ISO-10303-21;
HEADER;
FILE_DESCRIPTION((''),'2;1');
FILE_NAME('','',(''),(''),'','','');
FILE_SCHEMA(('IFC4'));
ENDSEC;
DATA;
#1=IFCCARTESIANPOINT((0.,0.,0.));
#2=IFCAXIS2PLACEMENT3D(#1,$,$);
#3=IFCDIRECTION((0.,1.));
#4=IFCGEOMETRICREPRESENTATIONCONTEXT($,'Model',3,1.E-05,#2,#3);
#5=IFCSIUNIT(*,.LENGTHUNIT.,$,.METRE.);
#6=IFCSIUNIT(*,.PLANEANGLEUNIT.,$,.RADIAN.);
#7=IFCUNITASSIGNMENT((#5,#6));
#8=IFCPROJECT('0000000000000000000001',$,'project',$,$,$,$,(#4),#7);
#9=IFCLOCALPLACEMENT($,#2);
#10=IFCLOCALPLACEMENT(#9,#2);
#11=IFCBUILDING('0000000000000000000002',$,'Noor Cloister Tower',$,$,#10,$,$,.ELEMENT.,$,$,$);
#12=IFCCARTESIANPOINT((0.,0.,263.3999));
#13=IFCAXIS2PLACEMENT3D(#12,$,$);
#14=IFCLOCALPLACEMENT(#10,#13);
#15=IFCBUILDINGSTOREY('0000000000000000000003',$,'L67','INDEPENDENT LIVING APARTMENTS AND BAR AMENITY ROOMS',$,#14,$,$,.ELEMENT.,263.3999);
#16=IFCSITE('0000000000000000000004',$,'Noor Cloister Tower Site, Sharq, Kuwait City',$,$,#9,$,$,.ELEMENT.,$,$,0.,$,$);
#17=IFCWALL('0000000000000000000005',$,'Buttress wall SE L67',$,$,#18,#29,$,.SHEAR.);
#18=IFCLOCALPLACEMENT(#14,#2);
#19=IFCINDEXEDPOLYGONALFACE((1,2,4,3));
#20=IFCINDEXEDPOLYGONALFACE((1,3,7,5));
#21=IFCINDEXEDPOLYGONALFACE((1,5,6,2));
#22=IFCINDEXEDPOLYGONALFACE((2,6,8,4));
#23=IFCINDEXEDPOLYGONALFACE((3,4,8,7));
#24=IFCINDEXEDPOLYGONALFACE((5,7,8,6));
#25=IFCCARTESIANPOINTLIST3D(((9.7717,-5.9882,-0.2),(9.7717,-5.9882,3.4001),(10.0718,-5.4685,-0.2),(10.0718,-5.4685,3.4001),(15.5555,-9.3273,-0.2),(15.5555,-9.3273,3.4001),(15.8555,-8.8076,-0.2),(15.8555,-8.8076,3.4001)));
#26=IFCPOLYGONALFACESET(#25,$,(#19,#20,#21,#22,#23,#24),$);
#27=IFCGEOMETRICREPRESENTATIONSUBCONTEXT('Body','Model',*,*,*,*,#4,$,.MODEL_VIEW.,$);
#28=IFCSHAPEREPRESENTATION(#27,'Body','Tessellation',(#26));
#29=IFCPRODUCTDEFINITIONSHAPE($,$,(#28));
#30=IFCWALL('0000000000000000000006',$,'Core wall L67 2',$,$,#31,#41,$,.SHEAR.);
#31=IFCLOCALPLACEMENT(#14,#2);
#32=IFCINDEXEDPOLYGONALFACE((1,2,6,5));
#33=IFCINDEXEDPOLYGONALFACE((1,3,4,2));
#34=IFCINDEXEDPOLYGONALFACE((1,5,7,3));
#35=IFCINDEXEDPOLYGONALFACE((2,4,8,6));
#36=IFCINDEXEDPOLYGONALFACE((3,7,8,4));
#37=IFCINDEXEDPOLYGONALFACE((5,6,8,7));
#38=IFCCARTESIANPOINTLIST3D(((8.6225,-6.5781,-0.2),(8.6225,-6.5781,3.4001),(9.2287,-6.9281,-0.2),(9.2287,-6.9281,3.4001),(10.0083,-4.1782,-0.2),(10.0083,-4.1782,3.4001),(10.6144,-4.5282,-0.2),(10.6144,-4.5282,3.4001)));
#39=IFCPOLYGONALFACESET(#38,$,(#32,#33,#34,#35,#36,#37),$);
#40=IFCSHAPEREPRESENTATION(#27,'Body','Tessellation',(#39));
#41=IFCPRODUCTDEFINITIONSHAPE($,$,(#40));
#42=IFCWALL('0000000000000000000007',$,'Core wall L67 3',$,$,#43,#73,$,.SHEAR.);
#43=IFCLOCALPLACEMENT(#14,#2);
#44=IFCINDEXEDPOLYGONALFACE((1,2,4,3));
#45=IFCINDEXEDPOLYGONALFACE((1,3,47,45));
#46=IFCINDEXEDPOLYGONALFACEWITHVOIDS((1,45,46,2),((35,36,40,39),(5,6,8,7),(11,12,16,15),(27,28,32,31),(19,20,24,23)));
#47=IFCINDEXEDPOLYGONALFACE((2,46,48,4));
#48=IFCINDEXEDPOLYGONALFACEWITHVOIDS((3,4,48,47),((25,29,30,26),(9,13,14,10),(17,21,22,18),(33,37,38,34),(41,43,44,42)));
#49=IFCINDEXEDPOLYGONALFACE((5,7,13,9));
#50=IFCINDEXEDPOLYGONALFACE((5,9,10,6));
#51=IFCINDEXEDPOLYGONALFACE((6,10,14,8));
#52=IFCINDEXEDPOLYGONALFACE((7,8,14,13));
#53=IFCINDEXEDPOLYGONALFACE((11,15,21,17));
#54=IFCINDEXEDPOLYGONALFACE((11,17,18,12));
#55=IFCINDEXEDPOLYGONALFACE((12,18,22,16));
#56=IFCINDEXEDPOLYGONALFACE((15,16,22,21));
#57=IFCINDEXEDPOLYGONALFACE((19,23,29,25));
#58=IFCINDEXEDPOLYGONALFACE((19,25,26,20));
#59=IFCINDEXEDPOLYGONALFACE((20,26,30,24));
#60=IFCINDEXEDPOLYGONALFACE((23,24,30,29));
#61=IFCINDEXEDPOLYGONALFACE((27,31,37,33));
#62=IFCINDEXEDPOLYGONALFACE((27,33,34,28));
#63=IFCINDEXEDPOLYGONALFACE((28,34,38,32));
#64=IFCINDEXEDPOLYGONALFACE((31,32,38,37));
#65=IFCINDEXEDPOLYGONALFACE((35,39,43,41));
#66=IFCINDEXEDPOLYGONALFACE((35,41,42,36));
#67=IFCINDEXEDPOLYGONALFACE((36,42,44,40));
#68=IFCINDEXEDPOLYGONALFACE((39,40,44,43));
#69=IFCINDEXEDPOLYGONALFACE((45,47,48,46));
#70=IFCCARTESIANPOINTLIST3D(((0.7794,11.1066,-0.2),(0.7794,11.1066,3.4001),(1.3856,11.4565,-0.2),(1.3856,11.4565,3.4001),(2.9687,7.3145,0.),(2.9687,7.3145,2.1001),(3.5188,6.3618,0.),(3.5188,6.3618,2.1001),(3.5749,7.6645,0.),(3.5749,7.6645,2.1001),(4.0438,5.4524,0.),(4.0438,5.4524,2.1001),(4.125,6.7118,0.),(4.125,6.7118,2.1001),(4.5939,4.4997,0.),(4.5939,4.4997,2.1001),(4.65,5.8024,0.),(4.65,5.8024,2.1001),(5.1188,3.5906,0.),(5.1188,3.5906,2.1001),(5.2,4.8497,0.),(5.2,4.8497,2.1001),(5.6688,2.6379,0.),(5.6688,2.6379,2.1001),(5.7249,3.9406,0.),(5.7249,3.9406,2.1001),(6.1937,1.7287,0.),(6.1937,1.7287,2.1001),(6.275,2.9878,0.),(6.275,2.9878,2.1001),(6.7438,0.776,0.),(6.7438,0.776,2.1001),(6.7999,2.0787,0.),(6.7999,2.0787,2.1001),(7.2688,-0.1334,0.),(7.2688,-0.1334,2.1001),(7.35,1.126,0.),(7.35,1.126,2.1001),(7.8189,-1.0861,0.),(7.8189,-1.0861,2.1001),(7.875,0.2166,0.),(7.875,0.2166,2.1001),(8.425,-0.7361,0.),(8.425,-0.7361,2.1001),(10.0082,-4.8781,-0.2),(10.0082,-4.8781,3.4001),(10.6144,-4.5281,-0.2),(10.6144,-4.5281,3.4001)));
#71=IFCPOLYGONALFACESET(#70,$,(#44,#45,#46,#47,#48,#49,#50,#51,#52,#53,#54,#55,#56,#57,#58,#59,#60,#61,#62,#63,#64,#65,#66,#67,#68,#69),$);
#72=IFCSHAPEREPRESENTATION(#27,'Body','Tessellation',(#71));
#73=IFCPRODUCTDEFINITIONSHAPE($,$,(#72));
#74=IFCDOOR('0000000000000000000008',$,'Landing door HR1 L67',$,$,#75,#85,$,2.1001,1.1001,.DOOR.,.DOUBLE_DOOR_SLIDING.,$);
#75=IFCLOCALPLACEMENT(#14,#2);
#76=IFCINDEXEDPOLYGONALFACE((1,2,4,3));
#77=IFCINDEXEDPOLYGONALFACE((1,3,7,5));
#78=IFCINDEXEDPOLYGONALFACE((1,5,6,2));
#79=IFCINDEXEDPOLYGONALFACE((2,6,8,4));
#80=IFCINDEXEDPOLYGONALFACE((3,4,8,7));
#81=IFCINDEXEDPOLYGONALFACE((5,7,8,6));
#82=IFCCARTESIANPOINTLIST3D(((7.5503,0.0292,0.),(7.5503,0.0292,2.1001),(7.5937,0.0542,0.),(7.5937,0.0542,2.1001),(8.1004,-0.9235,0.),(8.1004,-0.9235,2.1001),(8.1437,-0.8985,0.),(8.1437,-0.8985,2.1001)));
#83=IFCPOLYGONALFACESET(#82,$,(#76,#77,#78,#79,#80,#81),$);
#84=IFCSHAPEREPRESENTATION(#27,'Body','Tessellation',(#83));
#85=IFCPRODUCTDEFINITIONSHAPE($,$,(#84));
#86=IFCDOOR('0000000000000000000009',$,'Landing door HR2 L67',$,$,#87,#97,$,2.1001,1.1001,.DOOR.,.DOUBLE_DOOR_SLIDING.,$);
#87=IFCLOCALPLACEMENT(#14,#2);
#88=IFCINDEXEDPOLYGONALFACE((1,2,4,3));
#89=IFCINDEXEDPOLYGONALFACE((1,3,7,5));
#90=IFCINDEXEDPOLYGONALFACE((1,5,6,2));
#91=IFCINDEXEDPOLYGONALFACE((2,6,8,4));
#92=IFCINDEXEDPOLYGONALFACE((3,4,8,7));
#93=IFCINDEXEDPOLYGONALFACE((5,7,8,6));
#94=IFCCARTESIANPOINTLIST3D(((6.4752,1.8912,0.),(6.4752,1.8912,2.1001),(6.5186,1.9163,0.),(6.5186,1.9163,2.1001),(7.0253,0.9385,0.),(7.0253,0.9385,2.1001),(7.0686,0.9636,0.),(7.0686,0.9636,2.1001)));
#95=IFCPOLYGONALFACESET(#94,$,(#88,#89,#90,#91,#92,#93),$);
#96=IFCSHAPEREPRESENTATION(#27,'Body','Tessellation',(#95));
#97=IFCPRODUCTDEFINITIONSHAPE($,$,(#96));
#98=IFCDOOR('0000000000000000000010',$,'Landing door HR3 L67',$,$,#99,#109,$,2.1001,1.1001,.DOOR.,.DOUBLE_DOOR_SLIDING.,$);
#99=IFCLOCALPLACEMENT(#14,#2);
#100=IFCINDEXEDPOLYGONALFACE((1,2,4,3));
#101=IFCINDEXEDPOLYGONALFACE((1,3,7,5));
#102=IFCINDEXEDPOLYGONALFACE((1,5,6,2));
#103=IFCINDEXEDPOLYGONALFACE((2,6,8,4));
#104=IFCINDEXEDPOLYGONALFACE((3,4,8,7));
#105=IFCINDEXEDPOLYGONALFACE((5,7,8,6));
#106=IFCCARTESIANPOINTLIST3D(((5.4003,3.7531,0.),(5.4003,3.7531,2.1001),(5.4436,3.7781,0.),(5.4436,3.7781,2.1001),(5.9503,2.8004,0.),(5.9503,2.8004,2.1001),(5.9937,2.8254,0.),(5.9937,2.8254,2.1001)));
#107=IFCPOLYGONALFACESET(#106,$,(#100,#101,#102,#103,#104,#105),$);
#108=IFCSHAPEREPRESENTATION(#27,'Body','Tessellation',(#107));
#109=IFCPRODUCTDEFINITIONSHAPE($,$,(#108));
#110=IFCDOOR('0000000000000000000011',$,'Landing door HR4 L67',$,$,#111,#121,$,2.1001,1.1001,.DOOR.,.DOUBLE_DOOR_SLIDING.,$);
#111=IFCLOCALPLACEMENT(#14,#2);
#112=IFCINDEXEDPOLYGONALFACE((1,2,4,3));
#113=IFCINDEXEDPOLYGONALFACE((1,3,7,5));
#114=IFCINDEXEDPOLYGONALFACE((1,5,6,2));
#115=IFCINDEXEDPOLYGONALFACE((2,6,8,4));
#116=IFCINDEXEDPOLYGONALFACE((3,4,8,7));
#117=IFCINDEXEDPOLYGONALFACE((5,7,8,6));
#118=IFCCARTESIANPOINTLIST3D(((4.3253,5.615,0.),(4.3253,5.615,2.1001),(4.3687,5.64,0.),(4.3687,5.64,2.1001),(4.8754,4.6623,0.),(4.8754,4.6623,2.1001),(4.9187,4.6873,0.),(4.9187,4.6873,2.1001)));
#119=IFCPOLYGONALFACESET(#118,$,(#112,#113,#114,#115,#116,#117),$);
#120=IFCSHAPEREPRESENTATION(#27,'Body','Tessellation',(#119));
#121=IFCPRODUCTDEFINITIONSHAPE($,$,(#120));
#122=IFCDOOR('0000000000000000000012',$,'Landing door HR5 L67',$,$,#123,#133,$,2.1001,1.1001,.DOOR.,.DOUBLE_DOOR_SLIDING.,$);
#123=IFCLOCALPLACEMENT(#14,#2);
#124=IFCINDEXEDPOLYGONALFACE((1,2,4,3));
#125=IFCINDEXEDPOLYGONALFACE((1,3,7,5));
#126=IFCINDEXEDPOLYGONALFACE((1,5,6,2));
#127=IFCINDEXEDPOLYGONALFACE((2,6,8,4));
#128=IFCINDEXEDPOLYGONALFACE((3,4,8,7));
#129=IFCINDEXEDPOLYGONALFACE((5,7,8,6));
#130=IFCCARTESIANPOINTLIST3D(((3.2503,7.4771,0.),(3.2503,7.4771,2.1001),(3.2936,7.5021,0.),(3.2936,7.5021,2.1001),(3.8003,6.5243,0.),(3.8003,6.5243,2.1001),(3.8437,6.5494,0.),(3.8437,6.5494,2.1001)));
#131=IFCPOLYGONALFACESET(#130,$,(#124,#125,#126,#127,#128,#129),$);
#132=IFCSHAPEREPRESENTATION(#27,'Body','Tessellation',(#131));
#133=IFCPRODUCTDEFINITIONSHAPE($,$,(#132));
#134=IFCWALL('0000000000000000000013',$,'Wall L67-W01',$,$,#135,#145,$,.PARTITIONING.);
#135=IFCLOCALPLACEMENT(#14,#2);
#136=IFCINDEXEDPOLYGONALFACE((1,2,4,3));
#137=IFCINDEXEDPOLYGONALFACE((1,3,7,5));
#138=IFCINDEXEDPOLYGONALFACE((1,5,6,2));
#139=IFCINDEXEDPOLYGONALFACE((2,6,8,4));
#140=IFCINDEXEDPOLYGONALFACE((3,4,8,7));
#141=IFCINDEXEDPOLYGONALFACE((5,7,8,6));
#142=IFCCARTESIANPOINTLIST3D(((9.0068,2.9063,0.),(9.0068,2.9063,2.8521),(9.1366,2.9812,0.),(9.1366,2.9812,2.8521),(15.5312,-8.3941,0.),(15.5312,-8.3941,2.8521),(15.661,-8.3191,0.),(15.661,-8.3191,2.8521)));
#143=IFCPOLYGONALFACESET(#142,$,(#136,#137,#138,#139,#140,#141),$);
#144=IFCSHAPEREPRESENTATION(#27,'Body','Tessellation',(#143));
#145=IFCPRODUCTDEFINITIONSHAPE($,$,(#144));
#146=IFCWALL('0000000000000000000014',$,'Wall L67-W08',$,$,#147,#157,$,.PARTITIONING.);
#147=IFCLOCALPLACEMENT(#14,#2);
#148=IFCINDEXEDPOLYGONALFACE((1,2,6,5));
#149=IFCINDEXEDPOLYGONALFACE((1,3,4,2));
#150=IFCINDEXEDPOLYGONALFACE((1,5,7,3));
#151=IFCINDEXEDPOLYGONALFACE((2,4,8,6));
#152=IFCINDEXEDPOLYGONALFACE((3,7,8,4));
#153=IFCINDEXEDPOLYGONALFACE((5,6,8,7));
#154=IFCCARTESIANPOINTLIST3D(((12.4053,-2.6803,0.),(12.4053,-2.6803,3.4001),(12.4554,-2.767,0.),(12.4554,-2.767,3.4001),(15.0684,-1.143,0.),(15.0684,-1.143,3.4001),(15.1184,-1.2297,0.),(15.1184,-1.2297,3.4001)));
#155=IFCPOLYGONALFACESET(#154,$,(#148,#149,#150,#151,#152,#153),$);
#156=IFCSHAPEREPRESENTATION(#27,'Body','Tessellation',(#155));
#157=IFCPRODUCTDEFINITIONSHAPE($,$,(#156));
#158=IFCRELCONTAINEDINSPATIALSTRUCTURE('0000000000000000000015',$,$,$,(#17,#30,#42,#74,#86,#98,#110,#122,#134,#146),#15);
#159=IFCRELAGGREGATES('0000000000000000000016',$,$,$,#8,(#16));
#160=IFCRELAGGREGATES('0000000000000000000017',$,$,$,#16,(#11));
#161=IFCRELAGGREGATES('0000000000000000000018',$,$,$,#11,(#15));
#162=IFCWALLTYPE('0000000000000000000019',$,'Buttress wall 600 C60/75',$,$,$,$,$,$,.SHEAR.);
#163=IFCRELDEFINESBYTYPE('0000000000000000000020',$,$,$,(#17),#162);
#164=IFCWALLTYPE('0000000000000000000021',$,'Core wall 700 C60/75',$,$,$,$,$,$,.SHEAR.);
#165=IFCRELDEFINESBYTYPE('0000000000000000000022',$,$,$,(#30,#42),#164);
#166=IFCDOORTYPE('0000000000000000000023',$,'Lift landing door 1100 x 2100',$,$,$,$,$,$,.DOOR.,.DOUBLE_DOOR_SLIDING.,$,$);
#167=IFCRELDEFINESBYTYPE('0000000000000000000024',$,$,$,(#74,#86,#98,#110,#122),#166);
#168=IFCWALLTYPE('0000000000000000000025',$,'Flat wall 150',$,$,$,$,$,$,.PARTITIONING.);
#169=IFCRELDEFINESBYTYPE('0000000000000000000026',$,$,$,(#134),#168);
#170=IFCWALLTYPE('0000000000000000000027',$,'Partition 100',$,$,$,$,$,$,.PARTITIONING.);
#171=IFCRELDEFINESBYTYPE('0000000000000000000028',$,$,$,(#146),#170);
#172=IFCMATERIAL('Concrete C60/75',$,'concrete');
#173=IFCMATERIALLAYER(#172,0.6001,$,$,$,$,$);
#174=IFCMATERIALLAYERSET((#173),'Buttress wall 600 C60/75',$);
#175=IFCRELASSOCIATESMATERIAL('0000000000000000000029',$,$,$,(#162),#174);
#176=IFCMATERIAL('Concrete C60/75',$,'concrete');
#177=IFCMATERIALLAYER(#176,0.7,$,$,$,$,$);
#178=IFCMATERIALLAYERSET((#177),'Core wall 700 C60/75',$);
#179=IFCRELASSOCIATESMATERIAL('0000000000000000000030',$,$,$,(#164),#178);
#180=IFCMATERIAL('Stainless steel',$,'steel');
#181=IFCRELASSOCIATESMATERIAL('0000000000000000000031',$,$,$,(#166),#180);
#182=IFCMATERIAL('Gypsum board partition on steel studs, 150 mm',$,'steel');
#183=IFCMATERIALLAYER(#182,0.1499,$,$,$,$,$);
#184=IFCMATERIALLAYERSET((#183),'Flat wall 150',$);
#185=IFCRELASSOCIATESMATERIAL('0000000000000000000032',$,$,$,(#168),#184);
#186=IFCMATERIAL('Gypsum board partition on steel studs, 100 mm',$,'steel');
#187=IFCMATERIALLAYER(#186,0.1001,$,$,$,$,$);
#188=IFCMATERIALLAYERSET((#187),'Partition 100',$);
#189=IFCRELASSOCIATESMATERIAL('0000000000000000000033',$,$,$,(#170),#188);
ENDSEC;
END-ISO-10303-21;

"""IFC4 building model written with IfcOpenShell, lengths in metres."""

from ifc_helpers import new_model, si_unit, direction, frame, frame_2d, origin, place, context, subcontext, project, spatial, rectangle, extrude, material, layer, layer_set, type_object, element, fill, save


model = new_model("IFC4")

# Units and contexts
model_context = context("Model", 3, precision=1e-05, world=origin(), true_north=direction((0.0, 1.0)))
body_context = subcontext(model_context, "Body", "Model", "MODEL_VIEW")
ifc_project = project(units=[si_unit("LENGTHUNIT", "METRE"), si_unit("PLANEANGLEUNIT", "RADIAN")], contexts=[model_context])

# Site, building, storey
site_placement = place(None, origin())
site = spatial("IfcSite", under=ifc_project, at=site_placement, Name="Noor Cloister Tower Site, Sharq, Kuwait City", CompositionType="ELEMENT", RefElevation=0.0)
building_placement = place(site_placement, origin())
building = spatial("IfcBuilding", under=site, at=building_placement, Name="Noor Cloister Tower", CompositionType="ELEMENT")
storey_placement = place(building_placement, frame((0.0, 0.0, 263.3999)))
storey = spatial("IfcBuildingStorey", under=building, at=storey_placement, Name="L67", Description="INDEPENDENT LIVING APARTMENTS AND BAR AMENITY ROOMS", CompositionType="ELEMENT", Elevation=263.3999)

# Walls
ifc_material_1 = material(Name="Concrete C60/75", Category="concrete")
ifc_layer_1 = layer(ifc_material_1, 0.6001)
ifc_layer_set_1 = layer_set([ifc_layer_1], Name="Buttress wall 600 C60/75")
wall_type_1 = type_object("IfcWallType", Name="Buttress wall 600 C60/75", PredefinedType="SHEAR", material=ifc_layer_set_1)
wall_1_placement = place(storey_placement, frame((9.9216, -5.7283, -0.2), z_axis=(0.0, 0.0, 1.0), x_axis=(0.866032, -0.499988, 0.0)))
element("IfcWall", 1, at=wall_1_placement, inside=storey, type_object=wall_type_1, Name="Buttress wall SE L67", PredefinedType="SHEAR", context=body_context, shape_type="SweptSolid", body=[
    extrude(rectangle(XDim=6.6785, YDim=0.6001, at=frame_2d((3.3394, 0.0))), origin(), (0.0, 0.0, 1.0), 3.6001),
])
ifc_material_2 = material(Name="Concrete C60/75", Category="concrete")
ifc_layer_2 = layer(ifc_material_2, 0.7)
ifc_layer_set_2 = layer_set([ifc_layer_2], Name="Core wall 700 C60/75")
wall_type_2 = type_object("IfcWallType", Name="Core wall 700 C60/75", PredefinedType="SHEAR", material=ifc_layer_set_2)
wall_2_placement = place(storey_placement, frame((8.9255, -6.7532, -0.2), z_axis=(0.0, 0.0, 1.0), x_axis=(0.500043, 0.866001, 0.0)))
element("IfcWall", 2, at=wall_2_placement, inside=storey, type_object=wall_type_2, Name="Core wall L67 2", PredefinedType="SHEAR", context=body_context, shape_type="SweptSolid", body=[
    extrude(rectangle(XDim=2.7712, YDim=0.7, at=frame_2d((1.3857, 0.0))), origin(), (0.0, 0.0, 1.0), 3.6001),
])

# Wall, openings, doors
wall_3_placement = place(storey_placement, frame((10.3113, -4.7031, -0.2), z_axis=(0.0, 0.0, 1.0), x_axis=(-0.500001, 0.866025, 0.0)))
wall_3 = element("IfcWall", 3, at=wall_3_placement, inside=storey, type_object=wall_type_2, Name="Core wall L67 3", PredefinedType="SHEAR", context=body_context, shape_type="SweptSolid", body=[
    extrude(rectangle(XDim=18.4575, YDim=0.7, at=frame_2d((9.2288, 0.0))), origin(), (0.0, 0.0, 1.0), 3.6001),
])
opening_1_placement = place(wall_3_placement, frame((4.3787, 0.0, 0.2)))
opening_1 = element("IfcOpeningElement", 4, at=opening_1_placement, cuts=wall_3, PredefinedType="OPENING", context=body_context, shape_type="SweptSolid", body=[
    extrude(rectangle(XDim=1.1001, YDim=2.1001, at=frame_2d((0.55, 1.05))), frame((0.0, 0.3599, 0.0), z_axis=(0.0, -1.0, 0.0), x_axis=(1.0, 0.0, 0.0)), (0.0, 0.0, 1.0), 0.72),
])
opening_2_placement = place(wall_3_placement, frame((6.5288, 0.0, 0.2)))
opening_2 = element("IfcOpeningElement", 5, at=opening_2_placement, cuts=wall_3, PredefinedType="OPENING", context=body_context, shape_type="SweptSolid", body=[
    extrude(rectangle(XDim=1.1001, YDim=2.1001, at=frame_2d((0.55, 1.05))), frame((0.0, 0.3599, 0.0), z_axis=(0.0, -1.0, 0.0), x_axis=(1.0, 0.0, 0.0)), (0.0, 0.0, 1.0), 0.72),
])
opening_3_placement = place(wall_3_placement, frame((8.6787, 0.0, 0.2)))
opening_3 = element("IfcOpeningElement", 6, at=opening_3_placement, cuts=wall_3, PredefinedType="OPENING", context=body_context, shape_type="SweptSolid", body=[
    extrude(rectangle(XDim=1.1001, YDim=2.1001, at=frame_2d((0.55, 1.05))), frame((0.0, 0.3599, 0.0), z_axis=(0.0, -1.0, 0.0), x_axis=(1.0, 0.0, 0.0)), (0.0, 0.0, 1.0), 0.72),
])
opening_4_placement = place(wall_3_placement, frame((10.8286, 0.0, 0.2)))
opening_4 = element("IfcOpeningElement", 7, at=opening_4_placement, cuts=wall_3, PredefinedType="OPENING", context=body_context, shape_type="SweptSolid", body=[
    extrude(rectangle(XDim=1.1001, YDim=2.1001, at=frame_2d((0.55, 1.05))), frame((0.0, 0.3599, 0.0), z_axis=(0.0, -1.0, 0.0), x_axis=(1.0, 0.0, 0.0)), (0.0, 0.0, 1.0), 0.72),
])
opening_5_placement = place(wall_3_placement, frame((12.9788, 0.0, 0.2)))
opening_5 = element("IfcOpeningElement", 8, at=opening_5_placement, cuts=wall_3, PredefinedType="OPENING", context=body_context, shape_type="SweptSolid", body=[
    extrude(rectangle(XDim=1.1001, YDim=2.1001, at=frame_2d((0.55, 1.05))), frame((0.0, 0.3599, 0.0), z_axis=(0.0, -1.0, 0.0), x_axis=(1.0, 0.0, 0.0)), (0.0, 0.0, 1.0), 0.72),
])
ifc_material_3 = material(Name="Stainless steel", Category="steel")
door_type = type_object("IfcDoorType", Name="Lift landing door 1100 x 2100", OperationType="DOUBLE_DOOR_SLIDING", PredefinedType="DOOR", material=ifc_material_3)
door_1_placement = place(opening_1_placement, origin())
door_1 = element("IfcDoor", 9, at=door_1_placement, inside=storey, type_object=door_type, Name="Landing door HR1 L67", OperationType="DOUBLE_DOOR_SLIDING", OverallHeight=2.1001, OverallWidth=1.1001, PredefinedType="DOOR", context=body_context, shape_type="SweptSolid", body=[
    extrude(rectangle(XDim=1.1001, YDim=2.1001, at=frame_2d((0.55, 1.05))), frame((0.0, 0.0249, 0.0), z_axis=(0.0, -1.0, 0.0), x_axis=(1.0, 0.0, 0.0)), (0.0, 0.0, 1.0), 0.05),
])
fill(opening_1, door_1)
door_2_placement = place(opening_2_placement, origin())
door_2 = element("IfcDoor", 10, at=door_2_placement, inside=storey, type_object=door_type, Name="Landing door HR2 L67", OperationType="DOUBLE_DOOR_SLIDING", OverallHeight=2.1001, OverallWidth=1.1001, PredefinedType="DOOR", context=body_context, shape_type="SweptSolid", body=[
    extrude(rectangle(XDim=1.1001, YDim=2.1001, at=frame_2d((0.55, 1.05))), frame((0.0, 0.0249, 0.0), z_axis=(0.0, -1.0, 0.0), x_axis=(1.0, 0.0, 0.0)), (0.0, 0.0, 1.0), 0.05),
])
fill(opening_2, door_2)
door_3_placement = place(opening_3_placement, origin())
door_3 = element("IfcDoor", 11, at=door_3_placement, inside=storey, type_object=door_type, Name="Landing door HR3 L67", OperationType="DOUBLE_DOOR_SLIDING", OverallHeight=2.1001, OverallWidth=1.1001, PredefinedType="DOOR", context=body_context, shape_type="SweptSolid", body=[
    extrude(rectangle(XDim=1.1001, YDim=2.1001, at=frame_2d((0.55, 1.05))), frame((0.0, 0.0249, 0.0), z_axis=(0.0, -1.0, 0.0), x_axis=(1.0, 0.0, 0.0)), (0.0, 0.0, 1.0), 0.05),
])
fill(opening_3, door_3)
door_4_placement = place(opening_4_placement, origin())
door_4 = element("IfcDoor", 12, at=door_4_placement, inside=storey, type_object=door_type, Name="Landing door HR4 L67", OperationType="DOUBLE_DOOR_SLIDING", OverallHeight=2.1001, OverallWidth=1.1001, PredefinedType="DOOR", context=body_context, shape_type="SweptSolid", body=[
    extrude(rectangle(XDim=1.1001, YDim=2.1001, at=frame_2d((0.55, 1.05))), frame((0.0, 0.0249, 0.0), z_axis=(0.0, -1.0, 0.0), x_axis=(1.0, 0.0, 0.0)), (0.0, 0.0, 1.0), 0.05),
])
fill(opening_4, door_4)
door_5_placement = place(opening_5_placement, origin())
door_5 = element("IfcDoor", 13, at=door_5_placement, inside=storey, type_object=door_type, Name="Landing door HR5 L67", OperationType="DOUBLE_DOOR_SLIDING", OverallHeight=2.1001, OverallWidth=1.1001, PredefinedType="DOOR", context=body_context, shape_type="SweptSolid", body=[
    extrude(rectangle(XDim=1.1001, YDim=2.1001, at=frame_2d((0.55, 1.05))), frame((0.0, 0.0249, 0.0), z_axis=(0.0, -1.0, 0.0), x_axis=(1.0, 0.0, 0.0)), (0.0, 0.0, 1.0), 0.05),
])
fill(opening_5, door_5)

# Walls
ifc_material_4 = material(Name="Gypsum board partition on steel studs, 150 mm", Category="steel")
ifc_layer_3 = layer(ifc_material_4, 0.1499)
ifc_layer_set_3 = layer_set([ifc_layer_3], Name="Flat wall 150")
wall_type_3 = type_object("IfcWallType", Name="Flat wall 150", PredefinedType="PARTITIONING", material=ifc_layer_set_3)
wall_4_placement = place(storey_placement, frame((15.5962, -8.3567, 0.0), z_axis=(0.0, 0.0, 1.0), x_axis=(-0.500011, 0.866019, 0.0)))
element("IfcWall", 14, at=wall_4_placement, inside=storey, type_object=wall_type_3, Name="Wall L67-W01", PredefinedType="PARTITIONING", context=body_context, shape_type="SweptSolid", body=[
    extrude(rectangle(XDim=13.0486, YDim=0.1499, at=frame_2d((6.5244, 0.0))), origin(), (0.0, 0.0, 1.0), 2.8521),
])
ifc_material_5 = material(Name="Gypsum board partition on steel studs, 100 mm", Category="steel")
ifc_layer_4 = layer(ifc_material_5, 0.1001)
ifc_layer_set_4 = layer_set([ifc_layer_4], Name="Partition 100")
wall_type_4 = type_object("IfcWallType", Name="Partition 100", PredefinedType="PARTITIONING", material=ifc_layer_set_4)
wall_5_placement = place(storey_placement, frame((15.0935, -1.1863, 0.0), z_axis=(0.0, 0.0, 1.0), x_axis=(-0.866051, -0.499956, 0.0)))
element("IfcWall", 15, at=wall_5_placement, inside=storey, type_object=wall_type_4, Name="Wall L67-W08", PredefinedType="PARTITIONING", context=body_context, shape_type="SweptSolid", body=[
    extrude(rectangle(XDim=3.075, YDim=0.1001, at=frame_2d((1.5376, 0.0))), origin(), (0.0, 0.0, 1.0), 3.4001),
])

save(model, "model.ifc")
